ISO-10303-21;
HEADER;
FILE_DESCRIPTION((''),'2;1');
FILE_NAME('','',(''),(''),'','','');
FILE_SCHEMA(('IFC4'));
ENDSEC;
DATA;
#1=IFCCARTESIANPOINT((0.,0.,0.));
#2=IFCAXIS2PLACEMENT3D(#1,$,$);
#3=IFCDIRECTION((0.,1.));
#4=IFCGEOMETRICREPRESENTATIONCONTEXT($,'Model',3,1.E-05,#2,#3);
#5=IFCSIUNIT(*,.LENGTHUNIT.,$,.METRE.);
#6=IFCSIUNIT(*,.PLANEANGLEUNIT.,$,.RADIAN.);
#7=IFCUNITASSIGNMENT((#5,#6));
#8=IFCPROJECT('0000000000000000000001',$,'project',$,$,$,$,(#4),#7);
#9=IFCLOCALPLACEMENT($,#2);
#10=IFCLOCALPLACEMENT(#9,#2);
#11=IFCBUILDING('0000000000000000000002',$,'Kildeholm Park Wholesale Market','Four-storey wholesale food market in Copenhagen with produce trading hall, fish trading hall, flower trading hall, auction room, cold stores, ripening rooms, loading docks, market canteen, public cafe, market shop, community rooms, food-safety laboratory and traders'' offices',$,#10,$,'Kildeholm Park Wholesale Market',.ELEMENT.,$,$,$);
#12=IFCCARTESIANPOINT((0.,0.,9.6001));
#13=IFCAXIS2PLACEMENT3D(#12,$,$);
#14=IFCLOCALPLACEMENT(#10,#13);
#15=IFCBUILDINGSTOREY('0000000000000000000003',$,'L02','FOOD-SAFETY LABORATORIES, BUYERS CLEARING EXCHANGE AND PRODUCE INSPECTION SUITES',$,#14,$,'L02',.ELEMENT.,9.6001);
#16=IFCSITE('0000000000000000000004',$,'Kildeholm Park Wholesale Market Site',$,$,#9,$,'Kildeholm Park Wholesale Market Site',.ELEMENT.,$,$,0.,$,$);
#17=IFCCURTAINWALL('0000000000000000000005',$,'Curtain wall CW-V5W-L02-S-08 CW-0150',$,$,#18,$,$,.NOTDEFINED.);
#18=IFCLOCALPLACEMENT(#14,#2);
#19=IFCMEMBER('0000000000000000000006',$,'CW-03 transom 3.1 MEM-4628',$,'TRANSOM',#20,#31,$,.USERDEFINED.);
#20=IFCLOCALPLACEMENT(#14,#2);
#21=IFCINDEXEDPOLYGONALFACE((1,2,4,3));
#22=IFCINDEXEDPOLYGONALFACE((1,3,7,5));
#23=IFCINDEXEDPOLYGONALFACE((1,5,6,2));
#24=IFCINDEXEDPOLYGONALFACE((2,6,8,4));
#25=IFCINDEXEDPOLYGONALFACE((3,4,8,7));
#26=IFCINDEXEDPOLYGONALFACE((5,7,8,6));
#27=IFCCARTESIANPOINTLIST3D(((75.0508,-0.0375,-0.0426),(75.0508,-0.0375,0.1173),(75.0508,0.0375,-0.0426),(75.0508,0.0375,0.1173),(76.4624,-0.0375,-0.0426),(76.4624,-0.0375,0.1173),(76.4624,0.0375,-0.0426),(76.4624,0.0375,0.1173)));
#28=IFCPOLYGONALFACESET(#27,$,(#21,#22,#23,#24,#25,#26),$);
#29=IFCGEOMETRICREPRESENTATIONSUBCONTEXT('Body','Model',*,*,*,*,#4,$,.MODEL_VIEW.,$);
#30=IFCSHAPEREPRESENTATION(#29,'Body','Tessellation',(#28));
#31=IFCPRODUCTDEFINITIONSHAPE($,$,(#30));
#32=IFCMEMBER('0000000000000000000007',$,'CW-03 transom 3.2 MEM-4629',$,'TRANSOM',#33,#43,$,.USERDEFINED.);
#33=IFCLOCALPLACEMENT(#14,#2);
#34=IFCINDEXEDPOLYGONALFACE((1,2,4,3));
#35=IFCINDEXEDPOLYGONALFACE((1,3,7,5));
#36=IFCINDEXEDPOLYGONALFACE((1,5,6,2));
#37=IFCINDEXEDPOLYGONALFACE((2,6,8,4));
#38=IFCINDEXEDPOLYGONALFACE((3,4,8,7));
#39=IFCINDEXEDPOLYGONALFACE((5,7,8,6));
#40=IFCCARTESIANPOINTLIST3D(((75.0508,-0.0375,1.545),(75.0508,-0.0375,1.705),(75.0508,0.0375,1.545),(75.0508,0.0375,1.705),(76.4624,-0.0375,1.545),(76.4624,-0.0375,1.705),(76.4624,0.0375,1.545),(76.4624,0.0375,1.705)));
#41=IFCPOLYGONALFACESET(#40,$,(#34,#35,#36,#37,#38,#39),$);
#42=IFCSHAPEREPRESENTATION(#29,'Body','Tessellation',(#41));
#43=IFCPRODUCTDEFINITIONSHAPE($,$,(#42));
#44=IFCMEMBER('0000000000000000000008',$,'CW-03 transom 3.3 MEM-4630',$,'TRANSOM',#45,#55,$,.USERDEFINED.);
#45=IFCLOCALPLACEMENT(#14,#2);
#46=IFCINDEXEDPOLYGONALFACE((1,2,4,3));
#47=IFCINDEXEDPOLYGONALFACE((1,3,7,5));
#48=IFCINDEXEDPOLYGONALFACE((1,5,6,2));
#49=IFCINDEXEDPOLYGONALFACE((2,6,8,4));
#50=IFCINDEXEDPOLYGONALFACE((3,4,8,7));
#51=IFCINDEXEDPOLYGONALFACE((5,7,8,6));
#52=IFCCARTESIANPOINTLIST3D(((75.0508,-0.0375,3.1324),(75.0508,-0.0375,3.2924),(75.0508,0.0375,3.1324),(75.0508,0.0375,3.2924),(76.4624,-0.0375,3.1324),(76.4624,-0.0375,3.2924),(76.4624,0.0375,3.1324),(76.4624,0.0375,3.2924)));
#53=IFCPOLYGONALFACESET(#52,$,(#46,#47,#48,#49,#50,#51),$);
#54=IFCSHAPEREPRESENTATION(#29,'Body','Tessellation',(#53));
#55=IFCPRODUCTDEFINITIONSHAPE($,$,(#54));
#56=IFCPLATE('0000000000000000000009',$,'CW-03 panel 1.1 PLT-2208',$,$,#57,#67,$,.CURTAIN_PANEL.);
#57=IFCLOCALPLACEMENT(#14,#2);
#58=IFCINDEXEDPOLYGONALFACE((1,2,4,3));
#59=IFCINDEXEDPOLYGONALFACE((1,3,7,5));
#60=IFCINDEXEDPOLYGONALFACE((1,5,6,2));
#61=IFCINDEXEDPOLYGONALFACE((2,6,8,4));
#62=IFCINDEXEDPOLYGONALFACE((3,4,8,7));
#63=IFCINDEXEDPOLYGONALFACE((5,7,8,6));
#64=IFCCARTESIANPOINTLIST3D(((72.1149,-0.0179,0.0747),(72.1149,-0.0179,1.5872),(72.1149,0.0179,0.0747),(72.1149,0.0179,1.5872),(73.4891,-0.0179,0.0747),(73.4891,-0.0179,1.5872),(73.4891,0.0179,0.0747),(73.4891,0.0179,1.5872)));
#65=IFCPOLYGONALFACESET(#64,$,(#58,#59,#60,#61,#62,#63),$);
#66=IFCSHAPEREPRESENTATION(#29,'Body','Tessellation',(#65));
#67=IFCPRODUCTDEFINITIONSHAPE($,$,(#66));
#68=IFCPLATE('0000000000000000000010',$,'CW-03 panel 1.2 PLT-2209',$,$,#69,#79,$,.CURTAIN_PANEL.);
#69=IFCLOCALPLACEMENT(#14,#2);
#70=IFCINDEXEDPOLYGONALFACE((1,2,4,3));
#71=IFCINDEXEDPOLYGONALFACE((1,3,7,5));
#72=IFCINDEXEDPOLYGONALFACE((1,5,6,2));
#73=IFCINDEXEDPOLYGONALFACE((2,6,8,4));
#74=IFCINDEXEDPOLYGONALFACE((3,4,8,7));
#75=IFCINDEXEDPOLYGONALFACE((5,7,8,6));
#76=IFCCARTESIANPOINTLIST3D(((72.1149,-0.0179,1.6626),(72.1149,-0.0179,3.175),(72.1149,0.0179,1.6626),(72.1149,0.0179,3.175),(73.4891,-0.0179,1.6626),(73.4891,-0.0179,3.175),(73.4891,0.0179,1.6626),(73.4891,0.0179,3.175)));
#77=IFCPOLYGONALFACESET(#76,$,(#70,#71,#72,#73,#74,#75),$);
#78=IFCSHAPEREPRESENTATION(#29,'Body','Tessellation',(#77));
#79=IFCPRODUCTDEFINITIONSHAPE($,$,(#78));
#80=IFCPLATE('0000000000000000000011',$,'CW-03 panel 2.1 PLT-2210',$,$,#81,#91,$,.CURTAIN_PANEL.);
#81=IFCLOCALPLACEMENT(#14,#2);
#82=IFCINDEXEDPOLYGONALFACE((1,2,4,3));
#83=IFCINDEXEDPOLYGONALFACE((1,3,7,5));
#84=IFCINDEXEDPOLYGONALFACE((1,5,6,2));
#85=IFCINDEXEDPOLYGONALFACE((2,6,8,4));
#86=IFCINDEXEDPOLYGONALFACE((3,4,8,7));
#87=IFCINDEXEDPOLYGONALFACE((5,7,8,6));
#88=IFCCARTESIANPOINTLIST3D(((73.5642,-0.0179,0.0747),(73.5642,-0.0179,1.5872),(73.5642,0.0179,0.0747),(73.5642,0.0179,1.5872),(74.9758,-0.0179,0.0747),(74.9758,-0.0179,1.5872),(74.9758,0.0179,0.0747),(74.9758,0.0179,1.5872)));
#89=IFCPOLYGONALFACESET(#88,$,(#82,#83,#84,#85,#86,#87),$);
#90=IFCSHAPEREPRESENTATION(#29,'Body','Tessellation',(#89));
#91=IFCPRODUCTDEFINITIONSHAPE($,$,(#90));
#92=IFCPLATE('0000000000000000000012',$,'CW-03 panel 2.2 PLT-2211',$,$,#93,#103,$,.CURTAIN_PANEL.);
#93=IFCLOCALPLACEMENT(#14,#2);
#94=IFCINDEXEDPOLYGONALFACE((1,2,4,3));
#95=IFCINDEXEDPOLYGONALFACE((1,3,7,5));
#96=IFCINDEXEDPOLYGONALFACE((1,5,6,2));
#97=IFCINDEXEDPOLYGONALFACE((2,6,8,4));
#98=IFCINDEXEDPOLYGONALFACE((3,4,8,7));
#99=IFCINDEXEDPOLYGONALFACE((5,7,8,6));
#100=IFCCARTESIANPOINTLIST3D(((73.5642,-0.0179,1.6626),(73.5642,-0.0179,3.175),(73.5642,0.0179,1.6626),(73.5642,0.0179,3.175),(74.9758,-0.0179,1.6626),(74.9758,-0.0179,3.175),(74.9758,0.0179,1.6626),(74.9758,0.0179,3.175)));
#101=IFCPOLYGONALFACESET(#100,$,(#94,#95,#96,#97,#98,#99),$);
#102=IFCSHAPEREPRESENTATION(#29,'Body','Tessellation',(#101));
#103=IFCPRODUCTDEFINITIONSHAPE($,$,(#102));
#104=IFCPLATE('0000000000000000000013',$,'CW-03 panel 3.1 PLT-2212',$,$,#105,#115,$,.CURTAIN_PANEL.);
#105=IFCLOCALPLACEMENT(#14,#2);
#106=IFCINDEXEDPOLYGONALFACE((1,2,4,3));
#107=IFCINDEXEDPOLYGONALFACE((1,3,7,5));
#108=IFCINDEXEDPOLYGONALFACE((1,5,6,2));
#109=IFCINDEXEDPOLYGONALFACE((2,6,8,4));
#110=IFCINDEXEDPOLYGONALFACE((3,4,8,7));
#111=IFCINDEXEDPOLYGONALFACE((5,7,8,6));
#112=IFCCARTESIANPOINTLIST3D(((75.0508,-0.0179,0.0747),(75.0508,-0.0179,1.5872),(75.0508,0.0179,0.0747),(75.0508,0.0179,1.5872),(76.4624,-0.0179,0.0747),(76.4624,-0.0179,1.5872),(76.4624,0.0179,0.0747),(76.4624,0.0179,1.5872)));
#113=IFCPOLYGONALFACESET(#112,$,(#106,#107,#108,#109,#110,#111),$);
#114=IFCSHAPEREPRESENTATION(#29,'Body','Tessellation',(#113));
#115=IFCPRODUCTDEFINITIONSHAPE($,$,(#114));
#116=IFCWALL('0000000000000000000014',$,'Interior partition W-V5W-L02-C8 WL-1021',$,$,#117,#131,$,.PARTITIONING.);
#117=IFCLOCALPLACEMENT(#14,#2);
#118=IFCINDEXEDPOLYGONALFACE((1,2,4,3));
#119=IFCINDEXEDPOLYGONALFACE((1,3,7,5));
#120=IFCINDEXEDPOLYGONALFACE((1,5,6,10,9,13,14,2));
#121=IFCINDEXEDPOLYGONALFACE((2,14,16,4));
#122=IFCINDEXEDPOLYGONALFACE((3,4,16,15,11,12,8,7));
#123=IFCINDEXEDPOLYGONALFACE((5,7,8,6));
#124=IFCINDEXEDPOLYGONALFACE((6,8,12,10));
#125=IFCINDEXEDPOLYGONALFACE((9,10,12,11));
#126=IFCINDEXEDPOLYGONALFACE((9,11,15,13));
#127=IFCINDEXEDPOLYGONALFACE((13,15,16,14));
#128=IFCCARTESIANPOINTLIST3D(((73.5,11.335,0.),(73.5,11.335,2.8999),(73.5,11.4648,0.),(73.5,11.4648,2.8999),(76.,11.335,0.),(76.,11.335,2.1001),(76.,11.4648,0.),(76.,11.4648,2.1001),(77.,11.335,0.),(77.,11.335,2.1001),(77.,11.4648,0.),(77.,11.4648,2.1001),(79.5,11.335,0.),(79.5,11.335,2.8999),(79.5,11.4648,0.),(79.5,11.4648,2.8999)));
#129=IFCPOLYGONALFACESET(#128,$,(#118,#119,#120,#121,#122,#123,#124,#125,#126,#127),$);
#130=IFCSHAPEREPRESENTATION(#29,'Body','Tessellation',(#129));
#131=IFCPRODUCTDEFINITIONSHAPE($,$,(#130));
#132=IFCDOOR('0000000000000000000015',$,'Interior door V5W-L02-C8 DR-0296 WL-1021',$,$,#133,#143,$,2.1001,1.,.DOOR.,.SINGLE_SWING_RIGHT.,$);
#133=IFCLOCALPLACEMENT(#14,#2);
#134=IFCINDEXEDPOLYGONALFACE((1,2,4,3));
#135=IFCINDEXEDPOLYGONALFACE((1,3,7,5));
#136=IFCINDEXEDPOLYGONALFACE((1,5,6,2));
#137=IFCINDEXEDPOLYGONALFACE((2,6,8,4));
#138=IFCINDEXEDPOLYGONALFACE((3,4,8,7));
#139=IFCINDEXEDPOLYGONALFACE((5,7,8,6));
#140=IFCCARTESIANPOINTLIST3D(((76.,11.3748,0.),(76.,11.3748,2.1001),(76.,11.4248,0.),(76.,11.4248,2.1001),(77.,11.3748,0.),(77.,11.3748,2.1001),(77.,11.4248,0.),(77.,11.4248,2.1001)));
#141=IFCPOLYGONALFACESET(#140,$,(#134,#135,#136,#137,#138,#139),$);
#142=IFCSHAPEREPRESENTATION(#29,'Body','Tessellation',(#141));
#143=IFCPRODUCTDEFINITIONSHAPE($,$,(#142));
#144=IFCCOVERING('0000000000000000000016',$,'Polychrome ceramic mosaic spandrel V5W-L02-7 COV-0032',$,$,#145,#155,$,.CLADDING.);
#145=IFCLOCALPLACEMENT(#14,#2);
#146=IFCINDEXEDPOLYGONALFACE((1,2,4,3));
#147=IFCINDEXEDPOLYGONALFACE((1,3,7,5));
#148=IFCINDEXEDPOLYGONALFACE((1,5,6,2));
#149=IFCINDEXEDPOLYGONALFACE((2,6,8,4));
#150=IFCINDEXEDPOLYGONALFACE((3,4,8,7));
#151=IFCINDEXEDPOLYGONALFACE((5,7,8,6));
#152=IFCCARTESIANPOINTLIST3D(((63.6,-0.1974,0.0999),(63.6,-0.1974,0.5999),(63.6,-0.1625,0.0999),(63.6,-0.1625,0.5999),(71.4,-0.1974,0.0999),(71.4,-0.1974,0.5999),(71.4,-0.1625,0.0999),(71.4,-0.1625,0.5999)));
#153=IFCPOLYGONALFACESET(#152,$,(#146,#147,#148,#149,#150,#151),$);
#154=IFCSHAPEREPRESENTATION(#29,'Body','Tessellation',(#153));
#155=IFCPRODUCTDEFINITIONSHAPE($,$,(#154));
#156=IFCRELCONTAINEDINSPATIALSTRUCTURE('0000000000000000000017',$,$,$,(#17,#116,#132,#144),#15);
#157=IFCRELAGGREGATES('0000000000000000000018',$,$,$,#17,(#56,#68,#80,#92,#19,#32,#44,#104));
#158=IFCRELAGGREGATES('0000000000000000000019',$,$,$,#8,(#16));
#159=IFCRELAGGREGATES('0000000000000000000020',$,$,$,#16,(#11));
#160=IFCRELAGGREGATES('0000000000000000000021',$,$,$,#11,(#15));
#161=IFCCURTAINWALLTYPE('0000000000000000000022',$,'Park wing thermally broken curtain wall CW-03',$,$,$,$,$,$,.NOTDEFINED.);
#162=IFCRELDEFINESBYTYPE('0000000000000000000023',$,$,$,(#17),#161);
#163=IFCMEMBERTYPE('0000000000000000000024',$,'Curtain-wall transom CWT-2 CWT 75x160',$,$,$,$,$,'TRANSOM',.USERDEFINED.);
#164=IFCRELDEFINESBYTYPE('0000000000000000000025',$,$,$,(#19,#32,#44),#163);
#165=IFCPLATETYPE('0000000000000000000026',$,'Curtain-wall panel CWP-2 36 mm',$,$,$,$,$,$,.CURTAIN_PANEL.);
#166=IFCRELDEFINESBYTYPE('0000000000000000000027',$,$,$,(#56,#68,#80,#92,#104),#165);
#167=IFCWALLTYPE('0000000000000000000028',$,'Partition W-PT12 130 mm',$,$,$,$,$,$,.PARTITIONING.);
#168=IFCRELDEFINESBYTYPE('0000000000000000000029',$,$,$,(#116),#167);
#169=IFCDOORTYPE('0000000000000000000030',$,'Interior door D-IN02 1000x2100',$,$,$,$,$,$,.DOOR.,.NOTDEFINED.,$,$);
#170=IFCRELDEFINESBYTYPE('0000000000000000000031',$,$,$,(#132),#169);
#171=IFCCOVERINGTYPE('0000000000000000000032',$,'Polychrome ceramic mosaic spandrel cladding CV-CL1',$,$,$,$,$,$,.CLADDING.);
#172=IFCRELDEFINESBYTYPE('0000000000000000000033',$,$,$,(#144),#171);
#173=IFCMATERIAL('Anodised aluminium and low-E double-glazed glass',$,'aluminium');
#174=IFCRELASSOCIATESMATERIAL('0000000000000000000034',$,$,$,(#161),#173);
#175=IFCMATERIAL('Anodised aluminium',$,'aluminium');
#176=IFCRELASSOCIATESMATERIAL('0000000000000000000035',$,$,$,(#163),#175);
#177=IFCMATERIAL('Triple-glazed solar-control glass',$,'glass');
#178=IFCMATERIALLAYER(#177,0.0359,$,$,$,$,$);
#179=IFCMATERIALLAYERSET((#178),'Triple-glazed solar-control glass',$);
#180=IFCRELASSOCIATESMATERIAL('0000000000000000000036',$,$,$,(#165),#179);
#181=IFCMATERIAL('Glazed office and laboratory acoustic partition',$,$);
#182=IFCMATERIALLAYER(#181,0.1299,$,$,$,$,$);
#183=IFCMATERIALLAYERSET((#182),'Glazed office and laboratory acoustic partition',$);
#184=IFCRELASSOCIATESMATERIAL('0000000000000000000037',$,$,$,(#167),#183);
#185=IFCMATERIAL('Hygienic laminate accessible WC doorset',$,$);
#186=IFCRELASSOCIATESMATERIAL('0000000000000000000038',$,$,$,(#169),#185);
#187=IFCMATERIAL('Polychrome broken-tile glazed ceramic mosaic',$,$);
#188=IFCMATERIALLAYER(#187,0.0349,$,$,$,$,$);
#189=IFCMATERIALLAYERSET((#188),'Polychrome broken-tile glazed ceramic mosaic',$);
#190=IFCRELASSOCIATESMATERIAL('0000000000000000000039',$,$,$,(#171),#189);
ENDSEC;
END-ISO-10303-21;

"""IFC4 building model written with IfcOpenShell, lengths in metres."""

from ifc_helpers import new_model, si_unit, direction, frame, frame_2d, origin, origin_2d, place, context, subcontext, project, spatial, rectangle, extrude, material, layer, layer_set, material_profile, profile_set, type_object, element, fill, aggregate, save


model = new_model("IFC4")

# Units and contexts
model_context = context("Model", 3, precision=1e-05, world=origin(), true_north=direction((0.0, 1.0)))
body_context = subcontext(model_context, "Body", "Model", "MODEL_VIEW")
ifc_project = project(units=[si_unit("LENGTHUNIT", "METRE"), si_unit("PLANEANGLEUNIT", "RADIAN")], contexts=[model_context])

# Site, building, storey
site_placement = place(None, origin())
site = spatial("IfcSite", under=ifc_project, at=site_placement, Name="Kildeholm Park Wholesale Market Site", LongName="Kildeholm Park Wholesale Market Site", CompositionType="ELEMENT", RefElevation=0.0)
building_placement = place(site_placement, origin())
building = spatial("IfcBuilding", under=site, at=building_placement, Name="Kildeholm Park Wholesale Market", Description="Four-storey wholesale food market in Copenhagen with produce trading hall, fish trading hall, flower trading hall, auction room, cold stores, ripening rooms, loading docks, market canteen, public cafe, market shop, community rooms, food-safety laboratory and traders' offices", LongName="Kildeholm Park Wholesale Market", CompositionType="ELEMENT")
storey_placement = place(building_placement, frame((0.0, 0.0, 9.6001)))
storey = spatial("IfcBuildingStorey", under=building, at=storey_placement, Name="L02", Description="FOOD-SAFETY LABORATORIES, BUYERS CLEARING EXCHANGE AND PRODUCE INSPECTION SUITES", LongName="L02", CompositionType="ELEMENT", Elevation=9.6001)

# Curtain wall, members, plates
ifc_material_1 = material(Name="Anodised aluminium and low-E double-glazed glass", Category="aluminium")
curtain_wall_type = type_object("IfcCurtainWallType", Name="Park wing thermally broken curtain wall CW-03", PredefinedType="NOTDEFINED", material=ifc_material_1)
curtain_wall_placement = place(storey_placement, origin())
curtain_wall = element("IfcCurtainWall", 1, at=curtain_wall_placement, inside=storey, type_object=curtain_wall_type, Name="Curtain wall CW-V5W-L02-S-08 CW-0150", PredefinedType="NOTDEFINED")
ifc_material_2 = material(Name="Anodised aluminium", Category="aluminium")
ifc_material_profile_1 = material_profile(ifc_material_2, rectangle(XDim=0.075, YDim=0.1599, at=origin_2d()), Name="CWT 75x160")
ifc_profile_set_1 = profile_set([ifc_material_profile_1], Name="Anodised aluminium")
member_type_1 = type_object("IfcMemberType", Name="Curtain-wall transom CWT-2 CWT 75x160", ElementType="TRANSOM", PredefinedType="USERDEFINED", material=ifc_profile_set_1)
member_1_placement = place(storey_placement, frame((75.0508, 0.0, 0.0374), z_axis=(1.0, 0.0, 0.0), x_axis=(0.0, 1.0, 0.0)))
member_1 = element("IfcMember", 2, at=member_1_placement, type_object=member_type_1, Name="CW-03 transom 3.1 MEM-4628", ObjectType="TRANSOM", PredefinedType="USERDEFINED", context=body_context, shape_type="SweptSolid", body=[
    extrude(rectangle(XDim=0.075, YDim=0.1599, at=origin_2d()), origin(), (0.0, 0.0, 1.0), 1.4116),
])
member_2_placement = place(storey_placement, frame((75.0508, 0.0, 1.625), z_axis=(1.0, 0.0, 0.0), x_axis=(0.0, 1.0, 0.0)))
member_2 = element("IfcMember", 3, at=member_2_placement, type_object=member_type_1, Name="CW-03 transom 3.2 MEM-4629", ObjectType="TRANSOM", PredefinedType="USERDEFINED", context=body_context, shape_type="SweptSolid", body=[
    extrude(rectangle(XDim=0.075, YDim=0.1599, at=origin_2d()), origin(), (0.0, 0.0, 1.0), 1.4116),
])
member_3_placement = place(storey_placement, frame((75.0508, 0.0, 3.2124), z_axis=(1.0, 0.0, 0.0), x_axis=(0.0, 1.0, 0.0)))
member_3 = element("IfcMember", 4, at=member_3_placement, type_object=member_type_1, Name="CW-03 transom 3.3 MEM-4630", ObjectType="TRANSOM", PredefinedType="USERDEFINED", context=body_context, shape_type="SweptSolid", body=[
    extrude(rectangle(XDim=0.075, YDim=0.1599, at=origin_2d()), origin(), (0.0, 0.0, 1.0), 1.4116),
])
ifc_material_3 = material(Name="Triple-glazed solar-control glass", Category="glass")
ifc_layer_1 = layer(ifc_material_3, 0.0359)
ifc_layer_set_1 = layer_set([ifc_layer_1], Name="Triple-glazed solar-control glass")
plate_type = type_object("IfcPlateType", Name="Curtain-wall panel CWP-2 36 mm", PredefinedType="CURTAIN_PANEL", material=ifc_layer_set_1)
plate_1_placement = place(storey_placement, frame((72.802, 0.0, 0.0747), z_axis=(0.0, 0.0, 1.0), x_axis=(1.0, 0.0, 0.0)))
plate_1 = element("IfcPlate", 5, at=plate_1_placement, type_object=plate_type, Name="CW-03 panel 1.1 PLT-2208", PredefinedType="CURTAIN_PANEL", context=body_context, shape_type="SweptSolid", body=[
    extrude(rectangle(XDim=1.3743, YDim=0.0359, at=origin_2d()), origin(), (0.0, 0.0, 1.0), 1.5125),
])
plate_2_placement = place(storey_placement, frame((72.802, 0.0, 1.6626), z_axis=(0.0, 0.0, 1.0), x_axis=(1.0, 0.0, 0.0)))
plate_2 = element("IfcPlate", 6, at=plate_2_placement, type_object=plate_type, Name="CW-03 panel 1.2 PLT-2209", PredefinedType="CURTAIN_PANEL", context=body_context, shape_type="SweptSolid", body=[
    extrude(rectangle(XDim=1.3743, YDim=0.0359, at=origin_2d()), origin(), (0.0, 0.0, 1.0), 1.5125),
])
plate_3_placement = place(storey_placement, frame((74.27, 0.0, 0.0747), z_axis=(0.0, 0.0, 1.0), x_axis=(1.0, 0.0, 0.0)))
plate_3 = element("IfcPlate", 7, at=plate_3_placement, type_object=plate_type, Name="CW-03 panel 2.1 PLT-2210", PredefinedType="CURTAIN_PANEL", context=body_context, shape_type="SweptSolid", body=[
    extrude(rectangle(XDim=1.4116, YDim=0.0359, at=origin_2d()), origin(), (0.0, 0.0, 1.0), 1.5125),
])
plate_4_placement = place(storey_placement, frame((74.27, 0.0, 1.6626), z_axis=(0.0, 0.0, 1.0), x_axis=(1.0, 0.0, 0.0)))
plate_4 = element("IfcPlate", 8, at=plate_4_placement, type_object=plate_type, Name="CW-03 panel 2.2 PLT-2211", PredefinedType="CURTAIN_PANEL", context=body_context, shape_type="SweptSolid", body=[
    extrude(rectangle(XDim=1.4116, YDim=0.0359, at=origin_2d()), origin(), (0.0, 0.0, 1.0), 1.5125),
])
plate_5_placement = place(storey_placement, frame((75.7566, 0.0, 0.0747), z_axis=(0.0, 0.0, 1.0), x_axis=(1.0, 0.0, 0.0)))
plate_5 = element("IfcPlate", 9, at=plate_5_placement, type_object=plate_type, Name="CW-03 panel 3.1 PLT-2212", PredefinedType="CURTAIN_PANEL", context=body_context, shape_type="SweptSolid", body=[
    extrude(rectangle(XDim=1.4116, YDim=0.0359, at=origin_2d()), origin(), (0.0, 0.0, 1.0), 1.5125),
])
aggregate(curtain_wall, [plate_1, plate_2, plate_3, plate_4, member_1, member_2, member_3, plate_5])

# Wall, opening, door
ifc_material_4 = material(Name="Glazed office and laboratory acoustic partition")
ifc_layer_2 = layer(ifc_material_4, 0.1299)
ifc_layer_set_2 = layer_set([ifc_layer_2], Name="Glazed office and laboratory acoustic partition")
wall_type = type_object("IfcWallType", Name="Partition W-PT12 130 mm", PredefinedType="PARTITIONING", material=ifc_layer_set_2)
wall_1_placement = place(storey_placement, frame((73.5, 11.3999, 0.0), z_axis=(0.0, 0.0, 1.0), x_axis=(1.0, 0.0, 0.0)))
wall_1 = element("IfcWall", 10, at=wall_1_placement, inside=storey, type_object=wall_type, Name="Interior partition W-V5W-L02-C8 WL-1021", PredefinedType="PARTITIONING", context=body_context, shape_type="SweptSolid", body=[
    extrude(rectangle(XDim=6.0, YDim=0.1299, at=frame_2d((3.0, 0.0))), origin(), (0.0, 0.0, 1.0), 2.8999),
])
opening_1_placement = place(wall_1_placement, frame((2.5, 0.0, 0.0)))
opening_1 = element("IfcOpeningElement", 11, at=opening_1_placement, cuts=wall_1, PredefinedType="OPENING", context=body_context, shape_type="SweptSolid", body=[
    extrude(rectangle(XDim=1.0, YDim=2.1001, at=frame_2d((0.5, 1.05))), frame((0.0, 0.075, 0.0), z_axis=(0.0, -1.0, 0.0), x_axis=(1.0, 0.0, 0.0)), (0.0, 0.0, 1.0), 0.1499),
])
ifc_material_5 = material(Name="Hygienic laminate accessible WC doorset")
door_type_1 = type_object("IfcDoorType", Name="Interior door D-IN02 1000x2100", OperationType="NOTDEFINED", PredefinedType="DOOR", material=ifc_material_5)
door_1_placement = place(opening_1_placement, origin())
door_1 = element("IfcDoor", 12, at=door_1_placement, inside=storey, type_object=door_type_1, Name="Interior door V5W-L02-C8 DR-0296 WL-1021", OperationType="SINGLE_SWING_RIGHT", OverallHeight=2.1001, OverallWidth=1.0, PredefinedType="DOOR", context=body_context, shape_type="SweptSolid", body=[
    extrude(rectangle(XDim=1.0, YDim=2.1001, at=frame_2d((0.5, 1.05))), frame((0.0, 0.0249, 0.0), z_axis=(0.0, -1.0, 0.0), x_axis=(1.0, 0.0, 0.0)), (0.0, 0.0, 1.0), 0.05),
])
fill(opening_1, door_1)

# Covering
ifc_material_6 = material(Name="Polychrome broken-tile glazed ceramic mosaic")
ifc_layer_3 = layer(ifc_material_6, 0.0349)
ifc_layer_set_3 = layer_set([ifc_layer_3], Name="Polychrome broken-tile glazed ceramic mosaic")
covering_type = type_object("IfcCoveringType", Name="Polychrome ceramic mosaic spandrel cladding CV-CL1", PredefinedType="CLADDING", material=ifc_layer_set_3)
covering_placement = place(storey_placement, frame((67.5, -0.1799, 0.0999), z_axis=(0.0, 0.0, 1.0), x_axis=(1.0, 0.0, 0.0)))
element("IfcCovering", 13, at=covering_placement, inside=storey, type_object=covering_type, Name="Polychrome ceramic mosaic spandrel V5W-L02-7 COV-0032", PredefinedType="CLADDING", context=body_context, shape_type="SweptSolid", body=[
    extrude(rectangle(XDim=7.8, YDim=0.0349, at=origin_2d()), origin(), (0.0, 0.0, 1.0), 0.5),
])

save(model, "model.ifc")
